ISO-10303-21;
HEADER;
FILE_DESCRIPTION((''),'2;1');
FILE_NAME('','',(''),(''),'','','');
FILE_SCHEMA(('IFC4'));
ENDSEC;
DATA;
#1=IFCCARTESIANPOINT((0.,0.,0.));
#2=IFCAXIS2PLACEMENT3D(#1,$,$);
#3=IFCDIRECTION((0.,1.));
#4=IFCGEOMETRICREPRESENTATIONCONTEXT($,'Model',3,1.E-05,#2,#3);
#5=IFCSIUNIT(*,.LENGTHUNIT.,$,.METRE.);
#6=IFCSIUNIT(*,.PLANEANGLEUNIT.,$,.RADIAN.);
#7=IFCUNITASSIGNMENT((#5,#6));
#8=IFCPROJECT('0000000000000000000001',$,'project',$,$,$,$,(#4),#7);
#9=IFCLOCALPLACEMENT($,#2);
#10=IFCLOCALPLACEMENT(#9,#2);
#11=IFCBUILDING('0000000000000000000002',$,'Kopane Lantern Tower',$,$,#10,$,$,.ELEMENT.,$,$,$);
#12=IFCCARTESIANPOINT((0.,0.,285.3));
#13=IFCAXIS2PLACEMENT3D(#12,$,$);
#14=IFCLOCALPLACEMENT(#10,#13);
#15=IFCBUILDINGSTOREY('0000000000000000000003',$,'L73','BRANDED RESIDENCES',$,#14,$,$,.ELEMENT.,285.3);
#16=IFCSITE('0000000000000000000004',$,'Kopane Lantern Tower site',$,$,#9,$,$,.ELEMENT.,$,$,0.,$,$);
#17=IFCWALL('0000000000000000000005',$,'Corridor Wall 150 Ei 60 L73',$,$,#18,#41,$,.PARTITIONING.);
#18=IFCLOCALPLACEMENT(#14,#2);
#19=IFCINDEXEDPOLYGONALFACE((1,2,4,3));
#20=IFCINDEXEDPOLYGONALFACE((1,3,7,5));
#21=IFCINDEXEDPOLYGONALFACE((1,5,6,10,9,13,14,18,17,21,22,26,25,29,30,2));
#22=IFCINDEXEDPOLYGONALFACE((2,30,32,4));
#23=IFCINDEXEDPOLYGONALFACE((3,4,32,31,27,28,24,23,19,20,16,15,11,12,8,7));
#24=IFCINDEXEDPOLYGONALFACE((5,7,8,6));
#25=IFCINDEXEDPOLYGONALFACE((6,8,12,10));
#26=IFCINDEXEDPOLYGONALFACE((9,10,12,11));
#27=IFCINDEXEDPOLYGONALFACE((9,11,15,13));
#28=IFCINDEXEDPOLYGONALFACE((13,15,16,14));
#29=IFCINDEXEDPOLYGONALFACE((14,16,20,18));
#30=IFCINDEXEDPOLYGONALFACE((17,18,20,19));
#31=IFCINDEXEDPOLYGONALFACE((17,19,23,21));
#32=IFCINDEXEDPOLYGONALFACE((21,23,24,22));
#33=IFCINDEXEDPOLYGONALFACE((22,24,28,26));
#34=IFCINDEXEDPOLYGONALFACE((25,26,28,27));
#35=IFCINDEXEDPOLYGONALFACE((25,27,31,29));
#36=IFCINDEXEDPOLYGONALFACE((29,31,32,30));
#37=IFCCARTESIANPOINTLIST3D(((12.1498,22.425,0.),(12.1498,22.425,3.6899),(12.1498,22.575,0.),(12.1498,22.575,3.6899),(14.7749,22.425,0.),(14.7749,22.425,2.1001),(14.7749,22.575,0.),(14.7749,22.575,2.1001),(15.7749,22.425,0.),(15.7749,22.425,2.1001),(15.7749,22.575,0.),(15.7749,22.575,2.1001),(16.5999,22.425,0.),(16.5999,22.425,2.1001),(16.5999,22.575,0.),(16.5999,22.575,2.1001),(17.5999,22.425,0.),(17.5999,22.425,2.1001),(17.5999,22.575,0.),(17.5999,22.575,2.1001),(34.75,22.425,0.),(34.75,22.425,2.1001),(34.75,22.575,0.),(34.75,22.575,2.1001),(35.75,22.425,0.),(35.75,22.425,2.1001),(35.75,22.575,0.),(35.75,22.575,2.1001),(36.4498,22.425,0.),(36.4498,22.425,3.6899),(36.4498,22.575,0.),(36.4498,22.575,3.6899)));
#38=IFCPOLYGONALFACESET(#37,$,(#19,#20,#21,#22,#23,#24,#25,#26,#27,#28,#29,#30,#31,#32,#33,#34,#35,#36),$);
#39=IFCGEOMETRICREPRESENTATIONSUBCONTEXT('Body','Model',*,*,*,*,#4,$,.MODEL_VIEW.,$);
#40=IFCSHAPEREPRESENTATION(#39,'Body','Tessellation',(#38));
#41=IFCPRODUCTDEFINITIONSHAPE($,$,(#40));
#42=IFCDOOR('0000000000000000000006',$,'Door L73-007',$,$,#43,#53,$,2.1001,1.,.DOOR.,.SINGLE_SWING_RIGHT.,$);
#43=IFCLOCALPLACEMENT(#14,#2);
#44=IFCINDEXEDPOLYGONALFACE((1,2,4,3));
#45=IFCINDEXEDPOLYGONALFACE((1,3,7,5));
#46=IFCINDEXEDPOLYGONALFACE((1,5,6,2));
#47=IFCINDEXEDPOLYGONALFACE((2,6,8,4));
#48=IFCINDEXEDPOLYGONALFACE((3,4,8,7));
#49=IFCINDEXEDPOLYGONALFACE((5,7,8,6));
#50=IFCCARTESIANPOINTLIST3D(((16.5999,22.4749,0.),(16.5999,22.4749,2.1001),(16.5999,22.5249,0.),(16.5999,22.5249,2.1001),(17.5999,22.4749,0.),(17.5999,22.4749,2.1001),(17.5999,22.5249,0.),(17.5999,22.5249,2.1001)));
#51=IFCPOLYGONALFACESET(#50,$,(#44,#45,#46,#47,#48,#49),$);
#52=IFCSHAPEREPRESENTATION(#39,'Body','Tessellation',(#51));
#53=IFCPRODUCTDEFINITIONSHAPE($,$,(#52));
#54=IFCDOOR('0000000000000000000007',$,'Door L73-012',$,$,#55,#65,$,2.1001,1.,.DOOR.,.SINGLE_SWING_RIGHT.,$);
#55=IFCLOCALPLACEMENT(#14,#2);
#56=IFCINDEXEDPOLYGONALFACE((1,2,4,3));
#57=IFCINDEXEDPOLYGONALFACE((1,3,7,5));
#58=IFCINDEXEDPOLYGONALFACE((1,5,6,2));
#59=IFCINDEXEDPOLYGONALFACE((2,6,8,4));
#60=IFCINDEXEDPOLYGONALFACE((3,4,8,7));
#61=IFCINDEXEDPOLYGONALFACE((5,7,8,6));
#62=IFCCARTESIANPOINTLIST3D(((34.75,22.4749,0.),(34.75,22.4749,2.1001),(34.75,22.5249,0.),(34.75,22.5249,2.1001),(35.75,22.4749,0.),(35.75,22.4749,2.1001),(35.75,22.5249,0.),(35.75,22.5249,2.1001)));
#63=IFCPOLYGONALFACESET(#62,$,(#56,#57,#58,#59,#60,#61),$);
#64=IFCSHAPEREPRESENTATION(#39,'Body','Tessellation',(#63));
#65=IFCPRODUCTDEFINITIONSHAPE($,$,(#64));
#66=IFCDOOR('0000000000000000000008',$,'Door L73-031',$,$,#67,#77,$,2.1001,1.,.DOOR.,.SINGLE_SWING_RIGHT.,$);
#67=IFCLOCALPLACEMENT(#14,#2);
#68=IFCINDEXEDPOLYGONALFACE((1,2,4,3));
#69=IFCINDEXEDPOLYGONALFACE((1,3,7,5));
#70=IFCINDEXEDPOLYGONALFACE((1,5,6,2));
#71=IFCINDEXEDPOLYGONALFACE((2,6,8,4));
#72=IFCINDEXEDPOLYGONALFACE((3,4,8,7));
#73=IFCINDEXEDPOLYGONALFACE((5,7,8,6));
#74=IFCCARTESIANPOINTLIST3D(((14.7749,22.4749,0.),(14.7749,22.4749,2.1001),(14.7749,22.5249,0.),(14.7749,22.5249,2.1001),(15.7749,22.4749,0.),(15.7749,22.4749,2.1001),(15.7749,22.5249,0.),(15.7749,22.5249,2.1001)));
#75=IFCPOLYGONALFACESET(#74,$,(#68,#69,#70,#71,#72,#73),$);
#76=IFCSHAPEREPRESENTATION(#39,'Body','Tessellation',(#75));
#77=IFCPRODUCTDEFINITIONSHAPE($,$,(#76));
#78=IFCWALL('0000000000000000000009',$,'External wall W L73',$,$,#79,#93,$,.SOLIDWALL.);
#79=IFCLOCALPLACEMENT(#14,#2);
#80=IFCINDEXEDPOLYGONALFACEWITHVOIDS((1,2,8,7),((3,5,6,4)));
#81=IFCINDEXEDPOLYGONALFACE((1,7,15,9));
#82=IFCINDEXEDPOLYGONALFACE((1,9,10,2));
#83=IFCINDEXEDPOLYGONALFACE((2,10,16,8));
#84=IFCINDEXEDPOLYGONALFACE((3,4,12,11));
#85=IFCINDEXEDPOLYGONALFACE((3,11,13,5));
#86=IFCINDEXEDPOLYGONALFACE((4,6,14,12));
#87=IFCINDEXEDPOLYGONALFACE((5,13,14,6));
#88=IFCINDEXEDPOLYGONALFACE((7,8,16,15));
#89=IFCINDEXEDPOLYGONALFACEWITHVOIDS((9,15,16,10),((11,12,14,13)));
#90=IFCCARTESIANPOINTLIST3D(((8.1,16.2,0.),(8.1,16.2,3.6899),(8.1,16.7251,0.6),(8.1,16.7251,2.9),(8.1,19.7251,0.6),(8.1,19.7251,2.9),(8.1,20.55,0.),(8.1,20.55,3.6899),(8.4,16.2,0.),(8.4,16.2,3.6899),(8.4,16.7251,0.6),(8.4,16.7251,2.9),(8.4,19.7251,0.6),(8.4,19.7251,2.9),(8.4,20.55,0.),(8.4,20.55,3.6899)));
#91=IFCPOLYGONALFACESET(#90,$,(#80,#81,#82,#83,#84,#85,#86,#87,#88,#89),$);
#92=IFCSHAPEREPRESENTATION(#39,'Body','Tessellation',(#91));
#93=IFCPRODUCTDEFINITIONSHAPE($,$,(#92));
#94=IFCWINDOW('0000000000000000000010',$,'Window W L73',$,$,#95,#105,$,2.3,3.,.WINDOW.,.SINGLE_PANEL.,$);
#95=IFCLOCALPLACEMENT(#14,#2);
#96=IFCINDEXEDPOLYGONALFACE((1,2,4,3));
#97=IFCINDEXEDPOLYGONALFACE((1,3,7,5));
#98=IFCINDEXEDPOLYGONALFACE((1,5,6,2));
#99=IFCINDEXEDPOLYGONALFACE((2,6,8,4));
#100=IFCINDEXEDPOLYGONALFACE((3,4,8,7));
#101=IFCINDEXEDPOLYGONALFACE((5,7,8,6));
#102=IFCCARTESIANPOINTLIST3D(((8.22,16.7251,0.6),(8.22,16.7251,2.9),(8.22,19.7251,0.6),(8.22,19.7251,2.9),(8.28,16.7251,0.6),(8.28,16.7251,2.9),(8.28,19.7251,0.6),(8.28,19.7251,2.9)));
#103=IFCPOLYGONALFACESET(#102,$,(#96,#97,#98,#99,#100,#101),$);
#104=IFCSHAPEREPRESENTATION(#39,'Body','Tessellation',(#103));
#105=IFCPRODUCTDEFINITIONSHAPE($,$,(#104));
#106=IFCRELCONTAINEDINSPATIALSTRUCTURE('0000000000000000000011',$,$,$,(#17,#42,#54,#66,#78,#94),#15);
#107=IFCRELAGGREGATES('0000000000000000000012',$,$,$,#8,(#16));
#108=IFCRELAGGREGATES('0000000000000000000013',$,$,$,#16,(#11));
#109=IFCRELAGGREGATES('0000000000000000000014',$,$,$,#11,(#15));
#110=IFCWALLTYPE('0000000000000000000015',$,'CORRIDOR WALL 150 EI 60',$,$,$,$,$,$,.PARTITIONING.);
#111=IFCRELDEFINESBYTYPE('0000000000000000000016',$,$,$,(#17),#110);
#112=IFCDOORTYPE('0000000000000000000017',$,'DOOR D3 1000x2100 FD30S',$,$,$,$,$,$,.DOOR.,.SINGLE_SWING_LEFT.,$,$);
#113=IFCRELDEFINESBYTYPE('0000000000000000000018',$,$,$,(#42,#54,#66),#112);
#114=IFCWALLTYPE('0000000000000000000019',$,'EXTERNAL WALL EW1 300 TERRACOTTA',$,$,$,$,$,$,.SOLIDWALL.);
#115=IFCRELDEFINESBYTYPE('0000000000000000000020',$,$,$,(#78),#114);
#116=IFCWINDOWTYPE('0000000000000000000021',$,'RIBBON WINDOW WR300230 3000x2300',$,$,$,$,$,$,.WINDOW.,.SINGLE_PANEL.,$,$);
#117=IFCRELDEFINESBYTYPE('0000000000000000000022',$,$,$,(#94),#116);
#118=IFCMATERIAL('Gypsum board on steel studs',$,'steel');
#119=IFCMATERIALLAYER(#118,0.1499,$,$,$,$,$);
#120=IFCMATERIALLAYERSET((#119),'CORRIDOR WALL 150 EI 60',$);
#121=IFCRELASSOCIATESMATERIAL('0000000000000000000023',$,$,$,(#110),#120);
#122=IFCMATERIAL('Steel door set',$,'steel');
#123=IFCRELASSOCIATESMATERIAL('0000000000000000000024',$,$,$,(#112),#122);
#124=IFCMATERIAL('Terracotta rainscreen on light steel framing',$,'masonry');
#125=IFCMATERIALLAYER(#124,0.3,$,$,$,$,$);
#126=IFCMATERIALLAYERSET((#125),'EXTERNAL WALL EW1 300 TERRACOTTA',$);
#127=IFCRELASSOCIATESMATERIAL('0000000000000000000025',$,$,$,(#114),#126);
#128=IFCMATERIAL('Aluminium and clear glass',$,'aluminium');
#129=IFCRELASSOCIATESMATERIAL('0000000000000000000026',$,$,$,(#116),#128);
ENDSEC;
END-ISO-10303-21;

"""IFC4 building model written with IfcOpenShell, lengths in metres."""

from ifc_helpers import new_model, si_unit, direction, frame, frame_2d, origin, place, context, subcontext, project, spatial, rectangle, extrude, material, layer, layer_set, type_object, element, fill, save


model = new_model("IFC4")

# Units and contexts
model_context = context("Model", 3, precision=1e-05, world=origin(), true_north=direction((0.0, 1.0)))
body_context = subcontext(model_context, "Body", "Model", "MODEL_VIEW")
ifc_project = project(units=[si_unit("LENGTHUNIT", "METRE"), si_unit("PLANEANGLEUNIT", "RADIAN")], contexts=[model_context])

# Site, building, storey
site_placement = place(None, origin())
site = spatial("IfcSite", under=ifc_project, at=site_placement, Name="Kopane Lantern Tower site", CompositionType="ELEMENT", RefElevation=0.0)
building_placement = place(site_placement, origin())
building = spatial("IfcBuilding", under=site, at=building_placement, Name="Kopane Lantern Tower", CompositionType="ELEMENT")
storey_placement = place(building_placement, frame((0.0, 0.0, 285.3)))
storey = spatial("IfcBuildingStorey", under=building, at=storey_placement, Name="L73", Description="BRANDED RESIDENCES", CompositionType="ELEMENT", Elevation=285.3)

# Wall, openings, doors
ifc_material_1 = material(Name="Gypsum board on steel studs", Category="steel")
ifc_layer_1 = layer(ifc_material_1, 0.1499)
ifc_layer_set_1 = layer_set([ifc_layer_1], Name="CORRIDOR WALL 150 EI 60")
wall_type_1 = type_object("IfcWallType", Name="CORRIDOR WALL 150 EI 60", PredefinedType="PARTITIONING", material=ifc_layer_set_1)
wall_1_placement = place(storey_placement, frame((12.1499, 22.5, 0.0), z_axis=(0.0, 0.0, 1.0), x_axis=(1.0, 0.0, 0.0)))
wall_1 = element("IfcWall", 1, at=wall_1_placement, inside=storey, type_object=wall_type_1, Name="Corridor Wall 150 Ei 60 L73", PredefinedType="PARTITIONING", context=body_context, shape_type="SweptSolid", body=[
    extrude(rectangle(XDim=24.3, YDim=0.1499, at=frame_2d((12.1499, 0.0))), origin(), (0.0, 0.0, 1.0), 3.6899),
])
opening_1_placement = place(wall_1_placement, frame((4.45, 0.0, 0.0)))
opening_1 = element("IfcOpeningElement", 2, at=opening_1_placement, cuts=wall_1, PredefinedType="OPENING", context=body_context, shape_type="SweptSolid", body=[
    extrude(rectangle(XDim=1.0, YDim=2.1001, at=frame_2d((0.5, 1.05))), frame((0.0, 0.085, 0.0), z_axis=(0.0, -1.0, 0.0), x_axis=(1.0, 0.0, 0.0)), (0.0, 0.0, 1.0), 0.1699),
])
opening_2_placement = place(wall_1_placement, frame((22.6001, 0.0, 0.0)))
opening_2 = element("IfcOpeningElement", 3, at=opening_2_placement, cuts=wall_1, PredefinedType="OPENING", context=body_context, shape_type="SweptSolid", body=[
    extrude(rectangle(XDim=1.0, YDim=2.1001, at=frame_2d((0.5, 1.05))), frame((0.0, 0.085, 0.0), z_axis=(0.0, -1.0, 0.0), x_axis=(1.0, 0.0, 0.0)), (0.0, 0.0, 1.0), 0.1699),
])
opening_3_placement = place(wall_1_placement, frame((2.625, 0.0, 0.0)))
opening_3 = element("IfcOpeningElement", 4, at=opening_3_placement, cuts=wall_1, PredefinedType="OPENING", context=body_context, shape_type="SweptSolid", body=[
    extrude(rectangle(XDim=1.0, YDim=2.1001, at=frame_2d((0.5, 1.05))), frame((0.0, 0.085, 0.0), z_axis=(0.0, -1.0, 0.0), x_axis=(1.0, 0.0, 0.0)), (0.0, 0.0, 1.0), 0.1699),
])
ifc_material_2 = material(Name="Steel door set", Category="steel")
door_type_1 = type_object("IfcDoorType", Name="DOOR D3 1000x2100 FD30S", OperationType="SINGLE_SWING_LEFT", PredefinedType="DOOR", material=ifc_material_2)
door_1_placement = place(opening_1_placement, origin())
door_1 = element("IfcDoor", 5, at=door_1_placement, inside=storey, type_object=door_type_1, Name="Door L73-007", OperationType="SINGLE_SWING_RIGHT", OverallHeight=2.1001, OverallWidth=1.0, PredefinedType="DOOR", context=body_context, shape_type="SweptSolid", body=[
    extrude(rectangle(XDim=1.0, YDim=2.1001, at=frame_2d((0.5, 1.05))), frame((0.0, 0.0249, 0.0), z_axis=(0.0, -1.0, 0.0), x_axis=(1.0, 0.0, 0.0)), (0.0, 0.0, 1.0), 0.05),
])
fill(opening_1, door_1)
door_2_placement = place(opening_2_placement, origin())
door_2 = element("IfcDoor", 6, at=door_2_placement, inside=storey, type_object=door_type_1, Name="Door L73-012", OperationType="SINGLE_SWING_RIGHT", OverallHeight=2.1001, OverallWidth=1.0, PredefinedType="DOOR", context=body_context, shape_type="SweptSolid", body=[
    extrude(rectangle(XDim=1.0, YDim=2.1001, at=frame_2d((0.5, 1.05))), frame((0.0, 0.0249, 0.0), z_axis=(0.0, -1.0, 0.0), x_axis=(1.0, 0.0, 0.0)), (0.0, 0.0, 1.0), 0.05),
])
fill(opening_2, door_2)
door_3_placement = place(opening_3_placement, origin())
door_3 = element("IfcDoor", 7, at=door_3_placement, inside=storey, type_object=door_type_1, Name="Door L73-031", OperationType="SINGLE_SWING_RIGHT", OverallHeight=2.1001, OverallWidth=1.0, PredefinedType="DOOR", context=body_context, shape_type="SweptSolid", body=[
    extrude(rectangle(XDim=1.0, YDim=2.1001, at=frame_2d((0.5, 1.05))), frame((0.0, 0.0249, 0.0), z_axis=(0.0, -1.0, 0.0), x_axis=(1.0, 0.0, 0.0)), (0.0, 0.0, 1.0), 0.05),
])
fill(opening_3, door_3)

# Wall, opening, window
ifc_material_3 = material(Name="Terracotta rainscreen on light steel framing", Category="masonry")
ifc_layer_2 = layer(ifc_material_3, 0.3)
ifc_layer_set_2 = layer_set([ifc_layer_2], Name="EXTERNAL WALL EW1 300 TERRACOTTA")
wall_type_2 = type_object("IfcWallType", Name="EXTERNAL WALL EW1 300 TERRACOTTA", PredefinedType="SOLIDWALL", material=ifc_layer_set_2)
wall_2_placement = place(storey_placement, frame((8.25, 20.55, 0.0), z_axis=(0.0, 0.0, 1.0), x_axis=(0.0, -1.0, 0.0)))
wall_2 = element("IfcWall", 8, at=wall_2_placement, inside=storey, type_object=wall_type_2, Name="External wall W L73", PredefinedType="SOLIDWALL", context=body_context, shape_type="SweptSolid", body=[
    extrude(rectangle(XDim=4.3501, YDim=0.3, at=frame_2d((2.175, 0.0))), origin(), (0.0, 0.0, 1.0), 3.6899),
])
opening_4_placement = place(wall_2_placement, frame((0.825, 0.0, 0.6001)))
opening_4 = element("IfcOpeningElement", 9, at=opening_4_placement, cuts=wall_2, PredefinedType="OPENING", context=body_context, shape_type="SweptSolid", body=[
    extrude(rectangle(XDim=3.0, YDim=2.3, at=frame_2d((1.5, 1.1499))), frame((0.0, 0.1599, 0.0), z_axis=(0.0, -1.0, 0.0), x_axis=(1.0, 0.0, 0.0)), (0.0, 0.0, 1.0), 0.3201),
])
ifc_material_4 = material(Name="Aluminium and clear glass", Category="aluminium")
window_type = type_object("IfcWindowType", Name="RIBBON WINDOW WR300230 3000x2300", PartitioningType="SINGLE_PANEL", PredefinedType="WINDOW", material=ifc_material_4)
window_placement = place(opening_4_placement, origin())
window = element("IfcWindow", 10, at=window_placement, inside=storey, type_object=window_type, Name="Window W L73", OverallHeight=2.3, OverallWidth=3.0, PartitioningType="SINGLE_PANEL", PredefinedType="WINDOW", context=body_context, shape_type="SweptSolid", body=[
    extrude(rectangle(XDim=3.0, YDim=2.3, at=frame_2d((1.5, 1.1499))), frame((0.0, 0.03, 0.0), z_axis=(0.0, -1.0, 0.0), x_axis=(1.0, 0.0, 0.0)), (0.0, 0.0, 1.0), 0.0601),
])
fill(opening_4, window)

save(model, "model.ifc")
